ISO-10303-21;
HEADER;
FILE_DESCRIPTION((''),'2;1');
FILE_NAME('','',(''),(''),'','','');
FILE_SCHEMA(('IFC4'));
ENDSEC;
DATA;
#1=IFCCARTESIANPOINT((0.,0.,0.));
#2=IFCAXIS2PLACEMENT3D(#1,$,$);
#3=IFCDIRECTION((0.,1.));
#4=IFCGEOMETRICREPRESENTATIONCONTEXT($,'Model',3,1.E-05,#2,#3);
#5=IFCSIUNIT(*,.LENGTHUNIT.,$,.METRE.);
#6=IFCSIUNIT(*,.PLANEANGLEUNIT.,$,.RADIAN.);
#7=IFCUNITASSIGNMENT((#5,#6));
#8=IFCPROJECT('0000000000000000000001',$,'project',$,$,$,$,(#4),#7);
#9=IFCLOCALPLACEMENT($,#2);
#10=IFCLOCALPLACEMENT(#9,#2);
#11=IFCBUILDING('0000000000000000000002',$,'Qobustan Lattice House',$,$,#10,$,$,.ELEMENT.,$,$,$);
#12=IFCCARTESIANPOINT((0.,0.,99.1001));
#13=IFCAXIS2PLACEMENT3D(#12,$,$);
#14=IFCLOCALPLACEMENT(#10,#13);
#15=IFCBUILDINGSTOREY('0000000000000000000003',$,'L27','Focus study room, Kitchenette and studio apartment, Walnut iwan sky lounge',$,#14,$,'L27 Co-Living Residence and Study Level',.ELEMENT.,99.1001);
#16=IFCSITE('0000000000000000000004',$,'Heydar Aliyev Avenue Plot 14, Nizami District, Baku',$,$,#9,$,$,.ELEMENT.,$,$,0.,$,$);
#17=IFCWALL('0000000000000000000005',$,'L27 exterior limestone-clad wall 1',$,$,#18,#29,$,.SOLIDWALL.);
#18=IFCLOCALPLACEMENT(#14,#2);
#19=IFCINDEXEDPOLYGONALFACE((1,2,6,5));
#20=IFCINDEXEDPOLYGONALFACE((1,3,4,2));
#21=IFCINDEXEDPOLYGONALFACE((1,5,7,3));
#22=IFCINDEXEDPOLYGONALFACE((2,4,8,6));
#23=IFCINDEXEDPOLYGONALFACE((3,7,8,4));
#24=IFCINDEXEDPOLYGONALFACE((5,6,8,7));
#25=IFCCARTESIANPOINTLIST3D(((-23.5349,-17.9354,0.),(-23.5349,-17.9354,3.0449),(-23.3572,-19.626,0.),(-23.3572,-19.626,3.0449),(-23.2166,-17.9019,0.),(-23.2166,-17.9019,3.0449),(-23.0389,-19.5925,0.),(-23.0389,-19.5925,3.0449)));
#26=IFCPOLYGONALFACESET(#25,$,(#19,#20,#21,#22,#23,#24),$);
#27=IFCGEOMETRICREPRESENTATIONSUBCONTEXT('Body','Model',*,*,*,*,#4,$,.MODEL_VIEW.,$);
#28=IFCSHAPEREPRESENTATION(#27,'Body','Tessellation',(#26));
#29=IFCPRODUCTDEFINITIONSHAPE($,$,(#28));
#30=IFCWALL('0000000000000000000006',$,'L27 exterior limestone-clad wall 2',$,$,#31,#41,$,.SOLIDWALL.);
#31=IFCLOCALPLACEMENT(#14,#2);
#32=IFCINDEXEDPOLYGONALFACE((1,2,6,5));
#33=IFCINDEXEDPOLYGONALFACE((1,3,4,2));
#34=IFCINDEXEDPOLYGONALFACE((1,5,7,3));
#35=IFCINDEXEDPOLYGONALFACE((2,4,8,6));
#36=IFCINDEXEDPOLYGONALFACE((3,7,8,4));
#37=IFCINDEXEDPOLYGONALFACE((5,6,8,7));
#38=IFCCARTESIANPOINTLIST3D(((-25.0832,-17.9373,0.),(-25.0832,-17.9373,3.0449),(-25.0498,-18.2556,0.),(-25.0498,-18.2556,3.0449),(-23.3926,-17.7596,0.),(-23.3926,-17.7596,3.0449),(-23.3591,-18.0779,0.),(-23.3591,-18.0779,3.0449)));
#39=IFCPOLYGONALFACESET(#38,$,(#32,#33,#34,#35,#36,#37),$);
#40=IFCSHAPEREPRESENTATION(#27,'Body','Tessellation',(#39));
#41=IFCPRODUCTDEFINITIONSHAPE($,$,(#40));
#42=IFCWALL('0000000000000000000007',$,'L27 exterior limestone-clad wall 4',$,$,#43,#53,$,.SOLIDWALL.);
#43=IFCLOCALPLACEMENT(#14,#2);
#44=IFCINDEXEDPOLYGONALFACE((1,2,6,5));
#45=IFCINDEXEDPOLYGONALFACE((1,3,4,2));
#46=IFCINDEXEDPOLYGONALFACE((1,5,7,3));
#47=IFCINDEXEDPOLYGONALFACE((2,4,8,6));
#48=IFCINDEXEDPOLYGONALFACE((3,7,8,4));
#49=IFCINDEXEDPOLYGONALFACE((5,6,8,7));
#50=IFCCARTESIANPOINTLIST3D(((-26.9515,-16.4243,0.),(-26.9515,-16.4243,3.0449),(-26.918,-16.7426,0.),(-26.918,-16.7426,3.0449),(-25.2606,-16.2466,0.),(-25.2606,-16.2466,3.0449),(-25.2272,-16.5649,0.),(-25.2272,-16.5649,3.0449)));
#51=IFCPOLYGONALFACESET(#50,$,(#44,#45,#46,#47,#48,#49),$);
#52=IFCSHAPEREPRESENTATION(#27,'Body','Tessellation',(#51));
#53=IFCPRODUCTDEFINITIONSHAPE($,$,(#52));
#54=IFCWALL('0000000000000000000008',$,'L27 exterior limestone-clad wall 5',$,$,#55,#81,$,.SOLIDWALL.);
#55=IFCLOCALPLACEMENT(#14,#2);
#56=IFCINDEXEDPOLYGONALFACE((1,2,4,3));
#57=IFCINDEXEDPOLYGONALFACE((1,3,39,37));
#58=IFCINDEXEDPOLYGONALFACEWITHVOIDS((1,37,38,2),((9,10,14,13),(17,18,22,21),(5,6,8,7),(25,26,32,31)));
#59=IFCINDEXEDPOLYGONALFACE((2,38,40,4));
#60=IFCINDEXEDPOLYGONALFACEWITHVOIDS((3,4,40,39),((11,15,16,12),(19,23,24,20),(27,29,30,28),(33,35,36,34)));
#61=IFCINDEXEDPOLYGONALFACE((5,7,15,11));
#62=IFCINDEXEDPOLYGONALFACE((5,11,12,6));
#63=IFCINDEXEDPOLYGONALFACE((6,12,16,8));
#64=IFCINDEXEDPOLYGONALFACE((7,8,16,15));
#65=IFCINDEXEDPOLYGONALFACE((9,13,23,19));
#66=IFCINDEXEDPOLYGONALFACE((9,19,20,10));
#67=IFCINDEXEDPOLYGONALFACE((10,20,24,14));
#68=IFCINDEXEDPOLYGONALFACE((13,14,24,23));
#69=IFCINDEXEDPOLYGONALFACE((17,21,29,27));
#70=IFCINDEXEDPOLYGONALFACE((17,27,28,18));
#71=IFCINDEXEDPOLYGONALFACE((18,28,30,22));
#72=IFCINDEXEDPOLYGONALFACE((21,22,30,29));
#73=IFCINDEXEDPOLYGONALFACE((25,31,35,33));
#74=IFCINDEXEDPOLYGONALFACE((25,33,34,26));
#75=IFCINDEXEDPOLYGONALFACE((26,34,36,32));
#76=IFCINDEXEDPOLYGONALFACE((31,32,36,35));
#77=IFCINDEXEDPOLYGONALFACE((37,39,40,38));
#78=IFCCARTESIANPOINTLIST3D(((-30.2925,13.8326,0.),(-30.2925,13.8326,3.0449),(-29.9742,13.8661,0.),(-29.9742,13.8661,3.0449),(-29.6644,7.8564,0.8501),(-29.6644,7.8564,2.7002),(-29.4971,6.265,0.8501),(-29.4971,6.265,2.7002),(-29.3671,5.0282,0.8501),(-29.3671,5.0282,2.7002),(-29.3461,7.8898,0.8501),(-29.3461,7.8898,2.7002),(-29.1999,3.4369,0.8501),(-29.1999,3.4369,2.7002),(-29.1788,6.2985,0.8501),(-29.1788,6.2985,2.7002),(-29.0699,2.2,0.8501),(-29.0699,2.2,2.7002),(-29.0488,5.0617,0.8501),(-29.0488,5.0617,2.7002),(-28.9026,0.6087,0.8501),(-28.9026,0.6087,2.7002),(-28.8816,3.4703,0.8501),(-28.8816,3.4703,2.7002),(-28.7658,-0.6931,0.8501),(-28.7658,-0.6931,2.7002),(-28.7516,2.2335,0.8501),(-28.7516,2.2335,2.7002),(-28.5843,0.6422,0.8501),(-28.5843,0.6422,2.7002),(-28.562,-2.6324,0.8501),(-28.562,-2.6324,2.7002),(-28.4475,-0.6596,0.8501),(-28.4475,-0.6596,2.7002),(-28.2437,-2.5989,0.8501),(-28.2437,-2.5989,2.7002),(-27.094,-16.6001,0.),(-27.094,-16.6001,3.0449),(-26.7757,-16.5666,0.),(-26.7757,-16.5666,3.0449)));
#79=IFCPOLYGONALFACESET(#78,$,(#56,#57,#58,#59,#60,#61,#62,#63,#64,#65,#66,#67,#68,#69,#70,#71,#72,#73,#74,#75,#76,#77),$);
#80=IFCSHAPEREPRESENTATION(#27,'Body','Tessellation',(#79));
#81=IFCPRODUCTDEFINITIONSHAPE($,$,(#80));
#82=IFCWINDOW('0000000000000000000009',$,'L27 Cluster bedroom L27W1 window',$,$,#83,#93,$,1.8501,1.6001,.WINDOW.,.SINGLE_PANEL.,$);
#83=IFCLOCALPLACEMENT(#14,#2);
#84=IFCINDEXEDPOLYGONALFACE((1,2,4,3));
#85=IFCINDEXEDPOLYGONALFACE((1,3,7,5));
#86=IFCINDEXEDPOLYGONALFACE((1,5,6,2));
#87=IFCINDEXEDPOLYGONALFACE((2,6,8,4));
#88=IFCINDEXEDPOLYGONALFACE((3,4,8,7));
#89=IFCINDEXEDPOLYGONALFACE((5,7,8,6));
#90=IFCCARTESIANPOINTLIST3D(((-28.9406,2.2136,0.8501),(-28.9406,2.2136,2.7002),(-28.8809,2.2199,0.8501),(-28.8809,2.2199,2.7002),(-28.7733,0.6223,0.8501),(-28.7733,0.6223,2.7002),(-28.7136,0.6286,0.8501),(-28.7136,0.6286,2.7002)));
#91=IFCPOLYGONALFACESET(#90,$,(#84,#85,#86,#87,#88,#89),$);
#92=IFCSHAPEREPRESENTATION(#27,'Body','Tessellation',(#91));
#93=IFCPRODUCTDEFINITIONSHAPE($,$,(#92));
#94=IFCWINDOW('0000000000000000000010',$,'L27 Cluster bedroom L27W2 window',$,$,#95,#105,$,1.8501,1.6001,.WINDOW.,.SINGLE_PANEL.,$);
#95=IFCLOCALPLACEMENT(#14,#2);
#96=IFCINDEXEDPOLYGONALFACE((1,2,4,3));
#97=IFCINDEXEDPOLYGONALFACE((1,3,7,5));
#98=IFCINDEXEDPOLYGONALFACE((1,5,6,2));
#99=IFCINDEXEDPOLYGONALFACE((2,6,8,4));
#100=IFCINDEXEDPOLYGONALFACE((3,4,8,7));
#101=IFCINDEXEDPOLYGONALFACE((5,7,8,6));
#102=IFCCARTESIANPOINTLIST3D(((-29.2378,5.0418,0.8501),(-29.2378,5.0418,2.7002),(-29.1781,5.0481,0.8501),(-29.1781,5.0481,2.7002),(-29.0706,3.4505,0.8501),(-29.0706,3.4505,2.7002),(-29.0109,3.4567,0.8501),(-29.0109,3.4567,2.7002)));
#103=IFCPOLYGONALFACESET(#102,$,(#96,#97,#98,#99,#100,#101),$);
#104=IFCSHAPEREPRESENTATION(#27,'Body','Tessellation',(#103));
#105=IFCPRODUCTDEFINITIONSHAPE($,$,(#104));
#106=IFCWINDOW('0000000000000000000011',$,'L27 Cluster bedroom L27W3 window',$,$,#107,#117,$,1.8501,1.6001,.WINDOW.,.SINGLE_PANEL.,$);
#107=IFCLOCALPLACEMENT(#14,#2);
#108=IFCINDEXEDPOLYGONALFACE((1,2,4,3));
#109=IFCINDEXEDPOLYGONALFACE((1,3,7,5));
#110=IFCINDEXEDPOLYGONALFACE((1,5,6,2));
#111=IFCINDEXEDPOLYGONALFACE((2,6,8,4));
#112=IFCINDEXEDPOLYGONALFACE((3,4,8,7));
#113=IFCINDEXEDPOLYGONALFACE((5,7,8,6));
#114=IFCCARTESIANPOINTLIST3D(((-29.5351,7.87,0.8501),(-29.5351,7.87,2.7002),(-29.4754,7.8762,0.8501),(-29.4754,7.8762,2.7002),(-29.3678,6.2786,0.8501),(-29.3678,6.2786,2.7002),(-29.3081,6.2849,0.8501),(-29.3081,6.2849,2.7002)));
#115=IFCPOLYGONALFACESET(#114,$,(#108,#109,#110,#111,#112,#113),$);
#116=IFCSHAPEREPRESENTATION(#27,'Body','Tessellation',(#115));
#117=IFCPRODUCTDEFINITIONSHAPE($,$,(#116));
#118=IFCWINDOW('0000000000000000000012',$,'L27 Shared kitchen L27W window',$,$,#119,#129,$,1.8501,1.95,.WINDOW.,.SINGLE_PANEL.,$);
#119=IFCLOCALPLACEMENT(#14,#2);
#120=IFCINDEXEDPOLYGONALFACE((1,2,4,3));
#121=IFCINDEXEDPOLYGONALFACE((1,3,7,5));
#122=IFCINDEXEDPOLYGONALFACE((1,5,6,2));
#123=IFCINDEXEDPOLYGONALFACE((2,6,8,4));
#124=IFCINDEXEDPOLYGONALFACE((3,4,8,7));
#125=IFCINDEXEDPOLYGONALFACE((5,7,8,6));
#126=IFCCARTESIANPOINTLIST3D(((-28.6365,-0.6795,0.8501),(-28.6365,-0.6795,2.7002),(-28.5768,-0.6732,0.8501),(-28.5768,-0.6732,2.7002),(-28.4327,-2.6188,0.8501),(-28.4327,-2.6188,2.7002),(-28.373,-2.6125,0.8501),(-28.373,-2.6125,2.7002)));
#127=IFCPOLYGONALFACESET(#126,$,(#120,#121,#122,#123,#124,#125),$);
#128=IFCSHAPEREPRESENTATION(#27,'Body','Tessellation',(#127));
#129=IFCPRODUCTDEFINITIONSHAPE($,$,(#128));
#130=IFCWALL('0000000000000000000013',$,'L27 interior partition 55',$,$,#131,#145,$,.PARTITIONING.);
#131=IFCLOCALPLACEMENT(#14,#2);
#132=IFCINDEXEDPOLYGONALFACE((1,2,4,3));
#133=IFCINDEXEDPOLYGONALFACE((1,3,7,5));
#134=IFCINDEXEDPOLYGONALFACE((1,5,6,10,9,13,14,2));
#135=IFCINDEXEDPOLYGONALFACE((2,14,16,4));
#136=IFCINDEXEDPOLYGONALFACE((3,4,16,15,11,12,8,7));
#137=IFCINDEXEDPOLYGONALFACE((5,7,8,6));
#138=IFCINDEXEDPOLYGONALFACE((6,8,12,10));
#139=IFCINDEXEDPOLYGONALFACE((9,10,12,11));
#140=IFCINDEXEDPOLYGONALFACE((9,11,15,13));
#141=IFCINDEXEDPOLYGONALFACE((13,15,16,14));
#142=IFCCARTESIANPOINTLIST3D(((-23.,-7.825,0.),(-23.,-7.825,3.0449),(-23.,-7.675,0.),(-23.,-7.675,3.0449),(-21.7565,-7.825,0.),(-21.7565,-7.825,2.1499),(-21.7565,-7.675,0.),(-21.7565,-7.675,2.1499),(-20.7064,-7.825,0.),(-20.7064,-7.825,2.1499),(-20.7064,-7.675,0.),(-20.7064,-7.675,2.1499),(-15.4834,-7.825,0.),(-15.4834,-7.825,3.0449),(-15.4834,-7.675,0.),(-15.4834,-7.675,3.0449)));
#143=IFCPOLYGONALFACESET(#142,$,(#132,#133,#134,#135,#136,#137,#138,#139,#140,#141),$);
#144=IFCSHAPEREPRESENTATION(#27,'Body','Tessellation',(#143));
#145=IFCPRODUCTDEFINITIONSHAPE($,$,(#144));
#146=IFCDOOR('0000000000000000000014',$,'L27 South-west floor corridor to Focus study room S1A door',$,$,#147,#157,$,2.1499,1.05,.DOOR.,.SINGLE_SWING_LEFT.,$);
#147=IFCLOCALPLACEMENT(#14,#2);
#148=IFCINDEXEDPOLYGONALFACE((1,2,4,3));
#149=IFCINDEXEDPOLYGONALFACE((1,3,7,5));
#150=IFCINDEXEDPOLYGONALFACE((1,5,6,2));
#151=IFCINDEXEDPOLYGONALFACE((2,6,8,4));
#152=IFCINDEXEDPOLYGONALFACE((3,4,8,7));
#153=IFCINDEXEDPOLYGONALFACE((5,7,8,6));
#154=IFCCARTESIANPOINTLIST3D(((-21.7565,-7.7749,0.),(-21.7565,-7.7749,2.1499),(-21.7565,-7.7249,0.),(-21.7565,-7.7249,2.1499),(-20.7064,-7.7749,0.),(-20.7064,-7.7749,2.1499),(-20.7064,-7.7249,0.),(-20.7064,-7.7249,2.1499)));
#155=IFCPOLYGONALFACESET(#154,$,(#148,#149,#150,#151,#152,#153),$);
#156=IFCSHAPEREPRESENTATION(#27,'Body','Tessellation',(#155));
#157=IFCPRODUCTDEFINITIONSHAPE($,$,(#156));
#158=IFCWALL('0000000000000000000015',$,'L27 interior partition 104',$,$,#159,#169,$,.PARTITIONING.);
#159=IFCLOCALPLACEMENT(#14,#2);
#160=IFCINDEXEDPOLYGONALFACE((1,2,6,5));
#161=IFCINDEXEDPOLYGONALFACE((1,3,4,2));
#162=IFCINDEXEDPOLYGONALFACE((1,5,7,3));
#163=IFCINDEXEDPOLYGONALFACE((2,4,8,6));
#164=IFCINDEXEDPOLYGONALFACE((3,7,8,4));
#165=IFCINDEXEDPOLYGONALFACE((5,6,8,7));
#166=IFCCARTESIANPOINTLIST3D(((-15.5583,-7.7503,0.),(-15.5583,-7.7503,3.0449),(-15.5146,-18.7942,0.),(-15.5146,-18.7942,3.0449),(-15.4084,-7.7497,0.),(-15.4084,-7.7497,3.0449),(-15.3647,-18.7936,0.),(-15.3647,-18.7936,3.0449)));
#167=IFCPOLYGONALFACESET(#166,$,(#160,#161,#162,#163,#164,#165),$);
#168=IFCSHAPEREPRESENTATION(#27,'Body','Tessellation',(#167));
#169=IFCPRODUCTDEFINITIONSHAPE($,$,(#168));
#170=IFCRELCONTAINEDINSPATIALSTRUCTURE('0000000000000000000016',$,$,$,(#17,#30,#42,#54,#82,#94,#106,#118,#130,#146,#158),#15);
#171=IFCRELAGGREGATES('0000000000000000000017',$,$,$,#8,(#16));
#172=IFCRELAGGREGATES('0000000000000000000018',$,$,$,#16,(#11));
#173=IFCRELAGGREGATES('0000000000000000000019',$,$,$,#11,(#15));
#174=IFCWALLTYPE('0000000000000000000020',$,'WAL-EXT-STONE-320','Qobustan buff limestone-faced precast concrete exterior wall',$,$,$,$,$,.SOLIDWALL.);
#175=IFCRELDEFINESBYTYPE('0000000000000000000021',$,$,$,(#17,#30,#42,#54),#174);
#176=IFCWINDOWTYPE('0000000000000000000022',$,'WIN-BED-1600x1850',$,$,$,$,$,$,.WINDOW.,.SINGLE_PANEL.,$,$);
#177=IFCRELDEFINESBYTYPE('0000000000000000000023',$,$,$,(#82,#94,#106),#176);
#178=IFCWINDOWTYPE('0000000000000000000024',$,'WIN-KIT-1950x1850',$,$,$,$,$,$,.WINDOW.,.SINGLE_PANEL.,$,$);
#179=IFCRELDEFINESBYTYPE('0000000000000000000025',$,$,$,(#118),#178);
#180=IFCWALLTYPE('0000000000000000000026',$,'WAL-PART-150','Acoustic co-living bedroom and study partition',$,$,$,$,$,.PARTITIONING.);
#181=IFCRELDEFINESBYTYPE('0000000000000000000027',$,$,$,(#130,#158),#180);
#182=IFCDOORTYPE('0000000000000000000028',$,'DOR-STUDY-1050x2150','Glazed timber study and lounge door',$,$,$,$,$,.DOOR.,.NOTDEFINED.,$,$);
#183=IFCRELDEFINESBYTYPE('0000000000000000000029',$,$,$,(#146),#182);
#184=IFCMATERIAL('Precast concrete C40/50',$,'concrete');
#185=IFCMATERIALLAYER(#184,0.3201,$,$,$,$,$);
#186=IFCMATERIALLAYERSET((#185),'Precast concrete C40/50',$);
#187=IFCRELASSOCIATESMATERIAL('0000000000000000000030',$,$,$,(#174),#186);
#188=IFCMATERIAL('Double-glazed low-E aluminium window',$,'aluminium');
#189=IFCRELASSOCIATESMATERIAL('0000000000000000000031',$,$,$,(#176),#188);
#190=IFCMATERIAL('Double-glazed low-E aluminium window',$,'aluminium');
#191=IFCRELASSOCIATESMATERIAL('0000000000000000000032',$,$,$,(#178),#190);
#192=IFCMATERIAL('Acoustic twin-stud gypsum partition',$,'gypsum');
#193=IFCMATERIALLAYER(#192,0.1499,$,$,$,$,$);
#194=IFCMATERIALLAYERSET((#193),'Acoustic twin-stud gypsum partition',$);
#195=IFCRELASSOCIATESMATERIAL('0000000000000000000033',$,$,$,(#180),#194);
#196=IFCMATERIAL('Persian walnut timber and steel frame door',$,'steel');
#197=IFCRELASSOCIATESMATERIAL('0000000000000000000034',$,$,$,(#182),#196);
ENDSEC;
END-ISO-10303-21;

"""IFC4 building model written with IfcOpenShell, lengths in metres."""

from ifc_helpers import new_model, si_unit, direction, frame, frame_2d, origin, place, context, subcontext, project, spatial, rectangle, extrude, material, layer, layer_set, type_object, element, fill, save


model = new_model("IFC4")

# Units and contexts
model_context = context("Model", 3, precision=1e-05, world=origin(), true_north=direction((0.0, 1.0)))
body_context = subcontext(model_context, "Body", "Model", "MODEL_VIEW")
ifc_project = project(units=[si_unit("LENGTHUNIT", "METRE"), si_unit("PLANEANGLEUNIT", "RADIAN")], contexts=[model_context])

# Site, building, storey
site_placement = place(None, origin())
site = spatial("IfcSite", under=ifc_project, at=site_placement, Name="Heydar Aliyev Avenue Plot 14, Nizami District, Baku", CompositionType="ELEMENT", RefElevation=0.0)
building_placement = place(site_placement, origin())
building = spatial("IfcBuilding", under=site, at=building_placement, Name="Qobustan Lattice House", CompositionType="ELEMENT")
storey_placement = place(building_placement, frame((0.0, 0.0, 99.1001)))
storey = spatial("IfcBuildingStorey", under=building, at=storey_placement, Name="L27", Description="Focus study room, Kitchenette and studio apartment, Walnut iwan sky lounge", LongName="L27 Co-Living Residence and Study Level", CompositionType="ELEMENT", Elevation=99.1001)

# Walls
ifc_material_1 = material(Name="Precast concrete C40/50", Category="concrete")
ifc_layer_1 = layer(ifc_material_1, 0.3201)
ifc_layer_set_1 = layer_set([ifc_layer_1], Name="Precast concrete C40/50")
wall_type_1 = type_object("IfcWallType", Name="WAL-EXT-STONE-320", Description="Qobustan buff limestone-faced precast concrete exterior wall", PredefinedType="SOLIDWALL", material=ifc_layer_set_1)
for number, where, z_axis, x_axis, name in (
    (1, (-23.198, -19.6094, 0.0), (0.0, 0.0, 1.0), (-0.10455, 0.99452, 0.0), "L27 exterior limestone-clad wall 1"),
    (2, (-23.3757, -17.9187, 0.0), (0.0, 0.0, 1.0), (-0.99452, -0.10455, 0.0), "L27 exterior limestone-clad wall 2"),
):
    element("IfcWall", number, at=place(storey_placement, frame(where, z_axis=z_axis, x_axis=x_axis)), inside=storey, type_object=wall_type_1, Name=name, PredefinedType="SOLIDWALL", context=body_context, shape_type="SweptSolid", body=[
        extrude(rectangle(XDim=1.7, YDim=0.3201, at=frame_2d((0.8501, 0.0))), origin(), (0.0, 0.0, 1.0), 3.0449),
    ])
wall_1_placement = place(storey_placement, frame((-25.2439, -16.4058, 0.0), z_axis=(0.0, 0.0, 1.0), x_axis=(-0.994521, -0.104535, 0.0)))
element("IfcWall", 3, at=wall_1_placement, inside=storey, type_object=wall_type_1, Name="L27 exterior limestone-clad wall 4", PredefinedType="SOLIDWALL", context=body_context, shape_type="SweptSolid", body=[
    extrude(rectangle(XDim=1.7002, YDim=0.3201, at=frame_2d((0.8501, 0.0))), origin(), (0.0, 0.0, 1.0), 3.0449),
])

# Wall, openings, windows
wall_2_placement = place(storey_placement, frame((-26.9348, -16.5835, 0.0), z_axis=(0.0, 0.0, 1.0), x_axis=(-0.104525, 0.994522, 0.0)))
wall_2 = element("IfcWall", 4, at=wall_2_placement, inside=storey, type_object=wall_type_1, Name="L27 exterior limestone-clad wall 5", PredefinedType="SOLIDWALL", context=body_context, shape_type="SweptSolid", body=[
    extrude(rectangle(XDim=30.6003, YDim=0.3201, at=frame_2d((15.3003, 0.0))), origin(), (0.0, 0.0, 1.0), 3.0449),
])
opening_1_placement = place(wall_2_placement, frame((14.0447, 0.0, 0.8501)))
opening_1 = element("IfcOpeningElement", 5, at=opening_1_placement, cuts=wall_2, PredefinedType="OPENING", context=body_context, shape_type="SweptSolid", body=[
    extrude(rectangle(XDim=1.95, YDim=1.8501, at=frame_2d((0.9751, 0.925))), frame((0.0, 0.1699, 0.0), z_axis=(0.0, -1.0, 0.0), x_axis=(1.0, 0.0, 0.0)), (0.0, 0.0, 1.0), 0.3401),
])
opening_2_placement = place(wall_2_placement, frame((17.3037, 0.0, 0.8501)))
opening_2 = element("IfcOpeningElement", 6, at=opening_2_placement, cuts=wall_2, PredefinedType="OPENING", context=body_context, shape_type="SweptSolid", body=[
    extrude(rectangle(XDim=1.6001, YDim=1.8501, at=frame_2d((0.8, 0.925))), frame((0.0, 0.1699, 0.0), z_axis=(0.0, -1.0, 0.0), x_axis=(1.0, 0.0, 0.0)), (0.0, 0.0, 1.0), 0.3401),
])
opening_3_placement = place(wall_2_placement, frame((20.1475, 0.0, 0.8501)))
opening_3 = element("IfcOpeningElement", 7, at=opening_3_placement, cuts=wall_2, PredefinedType="OPENING", context=body_context, shape_type="SweptSolid", body=[
    extrude(rectangle(XDim=1.6001, YDim=1.8501, at=frame_2d((0.8, 0.925))), frame((0.0, 0.1699, 0.0), z_axis=(0.0, -1.0, 0.0), x_axis=(1.0, 0.0, 0.0)), (0.0, 0.0, 1.0), 0.3401),
])
opening_4_placement = place(wall_2_placement, frame((22.9912, 0.0, 0.8501)))
opening_4 = element("IfcOpeningElement", 8, at=opening_4_placement, cuts=wall_2, PredefinedType="OPENING", context=body_context, shape_type="SweptSolid", body=[
    extrude(rectangle(XDim=1.6001, YDim=1.8501, at=frame_2d((0.8, 0.925))), frame((0.0, 0.1699, 0.0), z_axis=(0.0, -1.0, 0.0), x_axis=(1.0, 0.0, 0.0)), (0.0, 0.0, 1.0), 0.3401),
])
ifc_material_2 = material(Name="Double-glazed low-E aluminium window", Category="aluminium")
window_type_1 = type_object("IfcWindowType", Name="WIN-BED-1600x1850", PartitioningType="SINGLE_PANEL", PredefinedType="WINDOW", material=ifc_material_2)
window_1_placement = place(opening_2_placement, origin())
window_1 = element("IfcWindow", 9, at=window_1_placement, inside=storey, type_object=window_type_1, Name="L27 Cluster bedroom L27W1 window", OverallHeight=1.8501, OverallWidth=1.6001, PartitioningType="SINGLE_PANEL", PredefinedType="WINDOW", context=body_context, shape_type="SweptSolid", body=[
    extrude(rectangle(XDim=1.6001, YDim=1.8501, at=frame_2d((0.8, 0.925))), frame((0.0, 0.03, 0.0), z_axis=(0.0, -1.0, 0.0), x_axis=(1.0, 0.0, 0.0)), (0.0, 0.0, 1.0), 0.0601),
])
fill(opening_2, window_1)
window_2_placement = place(opening_3_placement, origin())
window_2 = element("IfcWindow", 10, at=window_2_placement, inside=storey, type_object=window_type_1, Name="L27 Cluster bedroom L27W2 window", OverallHeight=1.8501, OverallWidth=1.6001, PartitioningType="SINGLE_PANEL", PredefinedType="WINDOW", context=body_context, shape_type="SweptSolid", body=[
    extrude(rectangle(XDim=1.6001, YDim=1.8501, at=frame_2d((0.8, 0.925))), frame((0.0, 0.03, 0.0), z_axis=(0.0, -1.0, 0.0), x_axis=(1.0, 0.0, 0.0)), (0.0, 0.0, 1.0), 0.0601),
])
fill(opening_3, window_2)
window_3_placement = place(opening_4_placement, origin())
window_3 = element("IfcWindow", 11, at=window_3_placement, inside=storey, type_object=window_type_1, Name="L27 Cluster bedroom L27W3 window", OverallHeight=1.8501, OverallWidth=1.6001, PartitioningType="SINGLE_PANEL", PredefinedType="WINDOW", context=body_context, shape_type="SweptSolid", body=[
    extrude(rectangle(XDim=1.6001, YDim=1.8501, at=frame_2d((0.8, 0.925))), frame((0.0, 0.03, 0.0), z_axis=(0.0, -1.0, 0.0), x_axis=(1.0, 0.0, 0.0)), (0.0, 0.0, 1.0), 0.0601),
])
fill(opening_4, window_3)
ifc_material_3 = material(Name="Double-glazed low-E aluminium window", Category="aluminium")
window_type_2 = type_object("IfcWindowType", Name="WIN-KIT-1950x1850", PartitioningType="SINGLE_PANEL", PredefinedType="WINDOW", material=ifc_material_3)
window_4_placement = place(opening_1_placement, origin())
window_4 = element("IfcWindow", 12, at=window_4_placement, inside=storey, type_object=window_type_2, Name="L27 Shared kitchen L27W window", OverallHeight=1.8501, OverallWidth=1.95, PartitioningType="SINGLE_PANEL", PredefinedType="WINDOW", context=body_context, shape_type="SweptSolid", body=[
    extrude(rectangle(XDim=1.95, YDim=1.8501, at=frame_2d((0.9751, 0.925))), frame((0.0, 0.03, 0.0), z_axis=(0.0, -1.0, 0.0), x_axis=(1.0, 0.0, 0.0)), (0.0, 0.0, 1.0), 0.0601),
])
fill(opening_1, window_4)

# Wall, opening, door
ifc_material_4 = material(Name="Acoustic twin-stud gypsum partition", Category="gypsum")
ifc_layer_2 = layer(ifc_material_4, 0.1499)
ifc_layer_set_2 = layer_set([ifc_layer_2], Name="Acoustic twin-stud gypsum partition")
wall_type_2 = type_object("IfcWallType", Name="WAL-PART-150", Description="Acoustic co-living bedroom and study partition", PredefinedType="PARTITIONING", material=ifc_layer_set_2)
wall_3_placement = place(storey_placement, frame((-15.4834, -7.75, 0.0), z_axis=(0.0, 0.0, 1.0), x_axis=(-1.0, 0.0, 0.0)))
wall_3 = element("IfcWall", 13, at=wall_3_placement, inside=storey, type_object=wall_type_2, Name="L27 interior partition 55", PredefinedType="PARTITIONING", context=body_context, shape_type="SweptSolid", body=[
    extrude(rectangle(XDim=7.5166, YDim=0.1499, at=frame_2d((3.7583, 0.0))), origin(), (0.0, 0.0, 1.0), 3.0449),
])
opening_5_placement = place(wall_3_placement, frame((5.2231, 0.0, 0.0)))
opening_5 = element("IfcOpeningElement", 14, at=opening_5_placement, cuts=wall_3, PredefinedType="OPENING", context=body_context, shape_type="SweptSolid", body=[
    extrude(rectangle(XDim=1.05, YDim=2.1499, at=frame_2d((0.5249, 1.075))), frame((0.0, 0.085, 0.0), z_axis=(0.0, -1.0, 0.0), x_axis=(1.0, 0.0, 0.0)), (0.0, 0.0, 1.0), 0.1699),
])
ifc_material_5 = material(Name="Persian walnut timber and steel frame door", Category="steel")
door_type = type_object("IfcDoorType", Name="DOR-STUDY-1050x2150", Description="Glazed timber study and lounge door", OperationType="NOTDEFINED", PredefinedType="DOOR", material=ifc_material_5)
door_placement = place(opening_5_placement, origin())
door = element("IfcDoor", 15, at=door_placement, inside=storey, type_object=door_type, Name="L27 South-west floor corridor to Focus study room S1A door", OperationType="SINGLE_SWING_LEFT", OverallHeight=2.1499, OverallWidth=1.05, PredefinedType="DOOR", context=body_context, shape_type="SweptSolid", body=[
    extrude(rectangle(XDim=1.05, YDim=2.1499, at=frame_2d((0.5249, 1.075))), frame((0.0, 0.0249, 0.0), z_axis=(0.0, -1.0, 0.0), x_axis=(1.0, 0.0, 0.0)), (0.0, 0.0, 1.0), 0.05),
])
fill(opening_5, door)

# Wall
wall_4_placement = place(storey_placement, frame((-15.4834, -7.75, 0.0), z_axis=(0.0, 0.0, 1.0), x_axis=(0.003957, -0.999992, 0.0)))
element("IfcWall", 16, at=wall_4_placement, inside=storey, type_object=wall_type_2, Name="L27 interior partition 104", PredefinedType="PARTITIONING", context=body_context, shape_type="SweptSolid", body=[
    extrude(rectangle(XDim=11.0439, YDim=0.1499, at=frame_2d((5.522, 0.0))), origin(), (0.0, 0.0, 1.0), 3.0449),
])

save(model, "model.ifc")
